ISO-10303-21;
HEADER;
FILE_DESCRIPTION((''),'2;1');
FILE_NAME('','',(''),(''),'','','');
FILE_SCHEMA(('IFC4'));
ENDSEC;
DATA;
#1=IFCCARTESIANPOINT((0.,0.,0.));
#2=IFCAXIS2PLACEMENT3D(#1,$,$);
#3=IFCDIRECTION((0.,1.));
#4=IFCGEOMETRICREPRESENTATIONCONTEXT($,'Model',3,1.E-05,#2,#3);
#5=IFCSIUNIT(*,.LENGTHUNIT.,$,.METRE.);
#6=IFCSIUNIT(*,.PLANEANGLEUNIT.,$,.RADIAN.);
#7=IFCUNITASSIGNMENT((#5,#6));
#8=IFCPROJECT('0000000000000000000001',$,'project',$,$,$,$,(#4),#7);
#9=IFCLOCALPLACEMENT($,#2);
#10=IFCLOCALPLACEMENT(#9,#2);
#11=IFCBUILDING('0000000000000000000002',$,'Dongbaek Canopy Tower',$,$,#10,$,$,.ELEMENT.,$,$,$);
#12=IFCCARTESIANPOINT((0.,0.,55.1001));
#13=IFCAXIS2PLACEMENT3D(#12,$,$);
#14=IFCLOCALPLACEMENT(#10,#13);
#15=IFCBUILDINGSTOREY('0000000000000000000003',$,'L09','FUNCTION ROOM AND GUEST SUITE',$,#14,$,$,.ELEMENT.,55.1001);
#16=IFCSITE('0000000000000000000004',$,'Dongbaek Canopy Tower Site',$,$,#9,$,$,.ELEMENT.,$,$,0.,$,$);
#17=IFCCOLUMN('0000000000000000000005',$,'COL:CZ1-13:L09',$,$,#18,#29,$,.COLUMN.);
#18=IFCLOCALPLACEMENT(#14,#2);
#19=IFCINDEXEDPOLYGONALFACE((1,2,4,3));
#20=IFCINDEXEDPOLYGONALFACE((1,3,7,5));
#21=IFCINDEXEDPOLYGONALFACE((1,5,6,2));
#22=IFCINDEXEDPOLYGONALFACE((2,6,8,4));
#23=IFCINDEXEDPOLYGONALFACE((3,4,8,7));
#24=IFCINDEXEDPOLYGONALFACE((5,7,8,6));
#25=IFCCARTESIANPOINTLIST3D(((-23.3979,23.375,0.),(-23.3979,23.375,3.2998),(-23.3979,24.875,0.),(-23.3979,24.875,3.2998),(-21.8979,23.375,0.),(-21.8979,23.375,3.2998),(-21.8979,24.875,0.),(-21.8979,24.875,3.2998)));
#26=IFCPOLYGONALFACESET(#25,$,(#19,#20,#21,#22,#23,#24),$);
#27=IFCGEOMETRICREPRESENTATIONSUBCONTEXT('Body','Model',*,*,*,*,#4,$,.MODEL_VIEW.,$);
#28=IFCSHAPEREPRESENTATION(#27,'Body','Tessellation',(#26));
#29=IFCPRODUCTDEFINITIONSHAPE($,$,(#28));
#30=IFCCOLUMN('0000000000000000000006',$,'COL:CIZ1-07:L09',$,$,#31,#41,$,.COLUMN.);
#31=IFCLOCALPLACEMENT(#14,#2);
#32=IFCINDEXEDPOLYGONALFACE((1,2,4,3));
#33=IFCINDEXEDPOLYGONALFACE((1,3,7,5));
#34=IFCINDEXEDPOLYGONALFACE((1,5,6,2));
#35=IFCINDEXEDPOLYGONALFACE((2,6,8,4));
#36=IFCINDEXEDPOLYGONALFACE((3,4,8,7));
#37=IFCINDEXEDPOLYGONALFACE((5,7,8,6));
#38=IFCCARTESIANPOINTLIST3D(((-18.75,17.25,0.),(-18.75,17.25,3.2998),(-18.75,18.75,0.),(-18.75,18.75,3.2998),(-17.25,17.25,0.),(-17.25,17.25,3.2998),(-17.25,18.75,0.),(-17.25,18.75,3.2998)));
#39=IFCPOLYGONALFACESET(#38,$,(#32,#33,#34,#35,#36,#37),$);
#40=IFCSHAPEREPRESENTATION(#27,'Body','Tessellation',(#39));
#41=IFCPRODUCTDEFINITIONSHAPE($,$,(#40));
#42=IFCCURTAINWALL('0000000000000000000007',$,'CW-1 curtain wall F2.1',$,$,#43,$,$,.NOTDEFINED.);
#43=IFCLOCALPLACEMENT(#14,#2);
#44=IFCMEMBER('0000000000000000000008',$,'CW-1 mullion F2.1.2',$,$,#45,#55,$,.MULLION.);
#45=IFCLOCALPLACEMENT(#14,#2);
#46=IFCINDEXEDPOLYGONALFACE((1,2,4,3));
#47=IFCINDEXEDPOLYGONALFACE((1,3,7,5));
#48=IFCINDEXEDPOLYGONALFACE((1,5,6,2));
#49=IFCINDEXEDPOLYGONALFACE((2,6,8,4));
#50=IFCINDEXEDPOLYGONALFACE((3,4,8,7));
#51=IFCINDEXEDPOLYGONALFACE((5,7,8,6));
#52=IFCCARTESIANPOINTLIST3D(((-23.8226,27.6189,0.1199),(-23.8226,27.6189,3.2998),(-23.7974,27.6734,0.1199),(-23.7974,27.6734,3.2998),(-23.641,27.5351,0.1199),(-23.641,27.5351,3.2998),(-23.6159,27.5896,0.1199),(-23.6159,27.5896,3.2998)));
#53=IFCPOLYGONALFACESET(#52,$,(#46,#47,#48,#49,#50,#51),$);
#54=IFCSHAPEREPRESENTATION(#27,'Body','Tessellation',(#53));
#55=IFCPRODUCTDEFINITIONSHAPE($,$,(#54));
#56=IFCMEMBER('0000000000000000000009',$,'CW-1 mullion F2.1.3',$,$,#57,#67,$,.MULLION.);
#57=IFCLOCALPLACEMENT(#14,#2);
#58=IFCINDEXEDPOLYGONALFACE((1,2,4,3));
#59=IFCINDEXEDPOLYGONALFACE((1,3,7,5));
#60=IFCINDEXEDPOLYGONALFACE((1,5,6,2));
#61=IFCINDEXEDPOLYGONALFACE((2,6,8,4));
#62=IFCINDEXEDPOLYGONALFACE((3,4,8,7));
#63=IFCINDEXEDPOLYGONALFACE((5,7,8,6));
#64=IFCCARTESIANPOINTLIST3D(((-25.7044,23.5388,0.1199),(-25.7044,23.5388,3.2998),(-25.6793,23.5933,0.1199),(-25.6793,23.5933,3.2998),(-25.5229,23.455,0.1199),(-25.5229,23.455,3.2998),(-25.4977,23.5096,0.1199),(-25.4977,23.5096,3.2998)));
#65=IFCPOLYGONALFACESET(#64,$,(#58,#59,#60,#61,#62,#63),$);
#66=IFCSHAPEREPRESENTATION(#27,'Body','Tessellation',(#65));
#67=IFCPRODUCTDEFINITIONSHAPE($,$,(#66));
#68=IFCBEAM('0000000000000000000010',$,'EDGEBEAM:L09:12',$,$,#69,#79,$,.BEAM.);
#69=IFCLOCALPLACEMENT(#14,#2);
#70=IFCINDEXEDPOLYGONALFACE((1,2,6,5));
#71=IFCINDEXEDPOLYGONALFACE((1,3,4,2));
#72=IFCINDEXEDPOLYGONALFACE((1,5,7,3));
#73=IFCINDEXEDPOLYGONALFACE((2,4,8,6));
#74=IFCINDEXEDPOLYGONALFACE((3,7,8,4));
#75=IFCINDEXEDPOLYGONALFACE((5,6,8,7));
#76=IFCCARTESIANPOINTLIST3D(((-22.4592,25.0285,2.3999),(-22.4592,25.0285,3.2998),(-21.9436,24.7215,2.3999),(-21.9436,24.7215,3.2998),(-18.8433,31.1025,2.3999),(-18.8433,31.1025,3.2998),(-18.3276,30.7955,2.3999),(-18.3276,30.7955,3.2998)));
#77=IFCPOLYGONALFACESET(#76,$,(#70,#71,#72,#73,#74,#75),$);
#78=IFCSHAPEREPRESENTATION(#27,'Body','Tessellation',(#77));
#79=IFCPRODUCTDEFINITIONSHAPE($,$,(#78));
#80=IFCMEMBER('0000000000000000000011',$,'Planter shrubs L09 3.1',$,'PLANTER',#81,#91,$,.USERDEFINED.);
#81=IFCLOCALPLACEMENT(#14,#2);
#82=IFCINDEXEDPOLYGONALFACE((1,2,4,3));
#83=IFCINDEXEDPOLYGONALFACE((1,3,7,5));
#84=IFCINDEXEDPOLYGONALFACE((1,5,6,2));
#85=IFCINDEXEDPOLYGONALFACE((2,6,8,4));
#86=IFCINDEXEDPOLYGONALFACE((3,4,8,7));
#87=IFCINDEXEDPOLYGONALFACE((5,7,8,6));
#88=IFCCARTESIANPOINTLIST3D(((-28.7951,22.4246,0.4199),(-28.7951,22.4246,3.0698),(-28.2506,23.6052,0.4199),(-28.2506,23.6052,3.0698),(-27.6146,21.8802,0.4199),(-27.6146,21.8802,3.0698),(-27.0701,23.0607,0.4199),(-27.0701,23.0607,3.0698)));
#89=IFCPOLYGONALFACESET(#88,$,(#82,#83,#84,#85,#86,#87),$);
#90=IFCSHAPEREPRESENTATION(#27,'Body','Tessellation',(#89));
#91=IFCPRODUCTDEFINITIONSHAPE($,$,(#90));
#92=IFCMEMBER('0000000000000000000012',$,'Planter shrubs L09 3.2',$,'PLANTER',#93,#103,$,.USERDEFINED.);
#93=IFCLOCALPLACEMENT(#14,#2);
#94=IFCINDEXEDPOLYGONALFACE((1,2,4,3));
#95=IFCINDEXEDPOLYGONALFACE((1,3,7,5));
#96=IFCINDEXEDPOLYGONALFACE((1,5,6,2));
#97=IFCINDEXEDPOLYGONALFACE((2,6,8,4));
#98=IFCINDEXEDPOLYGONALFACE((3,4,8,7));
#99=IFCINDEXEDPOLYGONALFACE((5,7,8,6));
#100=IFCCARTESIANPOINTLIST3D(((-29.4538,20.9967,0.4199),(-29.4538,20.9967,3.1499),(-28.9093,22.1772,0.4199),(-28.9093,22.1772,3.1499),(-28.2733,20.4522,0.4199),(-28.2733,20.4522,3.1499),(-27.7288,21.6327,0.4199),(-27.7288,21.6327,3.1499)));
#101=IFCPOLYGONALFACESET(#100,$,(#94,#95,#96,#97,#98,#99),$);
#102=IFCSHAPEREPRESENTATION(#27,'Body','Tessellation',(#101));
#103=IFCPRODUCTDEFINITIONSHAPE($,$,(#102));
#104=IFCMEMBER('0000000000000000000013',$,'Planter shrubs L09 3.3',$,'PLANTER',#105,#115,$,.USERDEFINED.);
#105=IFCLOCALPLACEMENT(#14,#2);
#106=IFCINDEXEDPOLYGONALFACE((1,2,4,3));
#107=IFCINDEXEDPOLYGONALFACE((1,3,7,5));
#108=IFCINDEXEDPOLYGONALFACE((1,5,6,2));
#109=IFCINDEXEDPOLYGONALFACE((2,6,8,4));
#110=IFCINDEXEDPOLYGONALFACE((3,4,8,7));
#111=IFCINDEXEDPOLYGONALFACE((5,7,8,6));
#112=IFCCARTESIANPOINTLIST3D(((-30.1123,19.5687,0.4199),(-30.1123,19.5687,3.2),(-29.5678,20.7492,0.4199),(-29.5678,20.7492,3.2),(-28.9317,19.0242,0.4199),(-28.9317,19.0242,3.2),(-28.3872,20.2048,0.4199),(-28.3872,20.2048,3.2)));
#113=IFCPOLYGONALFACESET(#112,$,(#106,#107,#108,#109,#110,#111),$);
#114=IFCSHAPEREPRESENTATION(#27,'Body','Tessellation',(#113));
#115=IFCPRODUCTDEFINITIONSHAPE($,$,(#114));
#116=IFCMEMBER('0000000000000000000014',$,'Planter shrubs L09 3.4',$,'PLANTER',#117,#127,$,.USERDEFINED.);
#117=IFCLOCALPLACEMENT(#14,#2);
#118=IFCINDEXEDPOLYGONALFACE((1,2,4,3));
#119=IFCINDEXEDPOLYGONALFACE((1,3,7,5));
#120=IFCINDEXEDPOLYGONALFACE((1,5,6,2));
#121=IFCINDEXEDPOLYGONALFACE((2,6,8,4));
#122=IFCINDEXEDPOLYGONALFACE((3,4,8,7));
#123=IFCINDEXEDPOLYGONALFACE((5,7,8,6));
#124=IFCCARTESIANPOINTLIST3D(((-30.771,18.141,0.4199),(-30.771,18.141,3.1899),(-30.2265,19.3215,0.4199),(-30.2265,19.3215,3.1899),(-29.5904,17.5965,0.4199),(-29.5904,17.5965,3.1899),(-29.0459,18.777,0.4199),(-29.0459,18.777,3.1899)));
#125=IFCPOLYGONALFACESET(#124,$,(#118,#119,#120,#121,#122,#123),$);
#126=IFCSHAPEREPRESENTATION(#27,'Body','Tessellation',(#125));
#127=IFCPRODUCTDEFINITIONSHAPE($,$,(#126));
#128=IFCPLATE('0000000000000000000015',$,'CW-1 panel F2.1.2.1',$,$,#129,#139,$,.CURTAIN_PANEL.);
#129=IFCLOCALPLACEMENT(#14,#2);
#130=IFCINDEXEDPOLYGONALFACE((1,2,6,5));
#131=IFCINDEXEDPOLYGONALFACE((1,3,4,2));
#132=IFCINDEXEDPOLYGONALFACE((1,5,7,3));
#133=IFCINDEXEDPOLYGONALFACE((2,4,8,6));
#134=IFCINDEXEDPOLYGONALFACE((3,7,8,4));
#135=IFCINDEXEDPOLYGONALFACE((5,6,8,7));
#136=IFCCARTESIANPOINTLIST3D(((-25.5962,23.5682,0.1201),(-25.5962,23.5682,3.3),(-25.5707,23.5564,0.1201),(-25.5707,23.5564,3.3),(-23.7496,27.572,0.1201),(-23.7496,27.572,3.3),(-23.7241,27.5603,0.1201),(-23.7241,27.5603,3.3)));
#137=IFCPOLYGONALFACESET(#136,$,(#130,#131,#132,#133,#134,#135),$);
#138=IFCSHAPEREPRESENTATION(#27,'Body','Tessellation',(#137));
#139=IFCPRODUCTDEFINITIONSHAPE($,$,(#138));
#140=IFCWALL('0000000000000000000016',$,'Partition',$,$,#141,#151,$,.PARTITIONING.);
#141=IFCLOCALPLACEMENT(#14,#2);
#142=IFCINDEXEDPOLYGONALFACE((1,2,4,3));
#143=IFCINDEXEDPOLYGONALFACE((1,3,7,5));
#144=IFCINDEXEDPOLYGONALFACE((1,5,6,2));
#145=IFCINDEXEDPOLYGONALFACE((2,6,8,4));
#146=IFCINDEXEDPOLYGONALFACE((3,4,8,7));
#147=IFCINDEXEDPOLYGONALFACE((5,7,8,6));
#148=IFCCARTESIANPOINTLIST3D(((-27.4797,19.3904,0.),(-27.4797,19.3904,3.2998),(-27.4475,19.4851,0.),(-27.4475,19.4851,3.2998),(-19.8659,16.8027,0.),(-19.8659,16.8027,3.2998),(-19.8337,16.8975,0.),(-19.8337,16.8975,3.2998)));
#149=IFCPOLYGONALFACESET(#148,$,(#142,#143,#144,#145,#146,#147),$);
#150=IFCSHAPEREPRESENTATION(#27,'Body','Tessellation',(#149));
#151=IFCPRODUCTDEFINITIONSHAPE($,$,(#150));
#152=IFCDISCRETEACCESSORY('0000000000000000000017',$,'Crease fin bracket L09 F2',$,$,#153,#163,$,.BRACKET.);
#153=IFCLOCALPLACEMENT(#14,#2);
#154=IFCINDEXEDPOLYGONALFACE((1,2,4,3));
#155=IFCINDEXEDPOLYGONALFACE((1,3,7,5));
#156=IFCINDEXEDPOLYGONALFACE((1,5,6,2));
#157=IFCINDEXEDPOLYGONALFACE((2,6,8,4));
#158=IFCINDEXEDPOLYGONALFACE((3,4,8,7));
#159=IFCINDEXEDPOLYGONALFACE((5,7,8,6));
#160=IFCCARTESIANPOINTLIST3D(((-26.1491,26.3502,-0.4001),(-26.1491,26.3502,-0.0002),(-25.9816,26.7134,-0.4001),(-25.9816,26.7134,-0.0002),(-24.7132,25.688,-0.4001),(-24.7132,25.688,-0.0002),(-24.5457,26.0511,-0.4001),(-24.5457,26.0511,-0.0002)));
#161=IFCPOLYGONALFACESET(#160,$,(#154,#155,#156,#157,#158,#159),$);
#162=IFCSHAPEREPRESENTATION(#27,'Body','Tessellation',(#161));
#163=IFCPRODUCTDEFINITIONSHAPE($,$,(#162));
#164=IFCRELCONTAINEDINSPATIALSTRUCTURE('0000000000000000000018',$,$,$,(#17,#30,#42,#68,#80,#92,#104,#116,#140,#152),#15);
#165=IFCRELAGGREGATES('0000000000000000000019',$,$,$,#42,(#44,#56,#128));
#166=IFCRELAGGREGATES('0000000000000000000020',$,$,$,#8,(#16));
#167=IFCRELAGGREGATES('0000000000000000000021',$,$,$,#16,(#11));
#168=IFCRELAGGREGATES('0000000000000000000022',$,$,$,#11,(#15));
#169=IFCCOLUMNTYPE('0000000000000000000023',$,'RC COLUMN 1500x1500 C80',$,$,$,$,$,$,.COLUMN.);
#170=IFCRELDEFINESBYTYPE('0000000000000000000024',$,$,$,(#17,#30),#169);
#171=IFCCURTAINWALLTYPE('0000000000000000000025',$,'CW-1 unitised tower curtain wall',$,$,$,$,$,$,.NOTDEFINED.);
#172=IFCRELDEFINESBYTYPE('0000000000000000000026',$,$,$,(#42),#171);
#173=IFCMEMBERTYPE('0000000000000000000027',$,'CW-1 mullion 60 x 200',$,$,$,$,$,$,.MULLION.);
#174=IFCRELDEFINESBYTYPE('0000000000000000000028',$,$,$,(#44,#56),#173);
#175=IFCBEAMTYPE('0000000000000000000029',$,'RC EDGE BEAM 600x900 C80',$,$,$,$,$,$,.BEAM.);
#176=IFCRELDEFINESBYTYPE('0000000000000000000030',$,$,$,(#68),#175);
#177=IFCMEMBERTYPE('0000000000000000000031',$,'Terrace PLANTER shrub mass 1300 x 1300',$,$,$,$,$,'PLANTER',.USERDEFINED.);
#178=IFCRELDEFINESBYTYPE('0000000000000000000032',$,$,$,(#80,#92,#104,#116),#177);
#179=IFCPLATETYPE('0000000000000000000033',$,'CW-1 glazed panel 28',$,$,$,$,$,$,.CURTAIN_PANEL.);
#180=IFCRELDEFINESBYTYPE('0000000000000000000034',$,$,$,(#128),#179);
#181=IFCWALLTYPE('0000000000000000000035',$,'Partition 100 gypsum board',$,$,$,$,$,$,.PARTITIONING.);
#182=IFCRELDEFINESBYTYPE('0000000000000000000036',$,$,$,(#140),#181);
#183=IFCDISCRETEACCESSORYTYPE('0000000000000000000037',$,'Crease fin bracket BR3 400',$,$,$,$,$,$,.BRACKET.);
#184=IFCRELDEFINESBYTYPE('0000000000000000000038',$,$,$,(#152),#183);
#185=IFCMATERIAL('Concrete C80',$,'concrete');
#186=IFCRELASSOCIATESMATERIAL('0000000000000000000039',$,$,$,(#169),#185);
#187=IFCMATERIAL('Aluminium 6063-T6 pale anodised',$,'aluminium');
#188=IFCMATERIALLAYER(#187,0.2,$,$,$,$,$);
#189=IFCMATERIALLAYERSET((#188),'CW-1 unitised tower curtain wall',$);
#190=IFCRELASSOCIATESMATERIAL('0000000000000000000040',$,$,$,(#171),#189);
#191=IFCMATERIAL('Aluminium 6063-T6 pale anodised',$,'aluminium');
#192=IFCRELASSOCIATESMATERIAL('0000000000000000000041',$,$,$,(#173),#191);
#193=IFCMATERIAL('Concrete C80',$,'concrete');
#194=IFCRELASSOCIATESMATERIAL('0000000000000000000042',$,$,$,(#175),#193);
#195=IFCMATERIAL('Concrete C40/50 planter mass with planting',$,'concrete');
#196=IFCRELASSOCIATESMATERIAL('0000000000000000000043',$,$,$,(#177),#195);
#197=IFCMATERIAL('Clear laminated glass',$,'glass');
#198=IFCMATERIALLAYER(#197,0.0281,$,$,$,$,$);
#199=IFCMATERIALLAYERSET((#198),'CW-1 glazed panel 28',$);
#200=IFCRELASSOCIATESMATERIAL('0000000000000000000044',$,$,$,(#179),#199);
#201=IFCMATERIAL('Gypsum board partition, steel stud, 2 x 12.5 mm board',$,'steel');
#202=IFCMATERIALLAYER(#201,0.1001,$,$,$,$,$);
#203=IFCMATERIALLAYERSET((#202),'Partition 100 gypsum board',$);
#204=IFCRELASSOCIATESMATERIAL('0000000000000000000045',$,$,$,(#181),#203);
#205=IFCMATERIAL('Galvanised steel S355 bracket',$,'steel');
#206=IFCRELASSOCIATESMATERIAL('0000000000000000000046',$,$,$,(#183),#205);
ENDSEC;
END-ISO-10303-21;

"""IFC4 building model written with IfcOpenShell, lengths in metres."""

from ifc_helpers import new_model, si_unit, direction, frame, frame_2d, origin, origin_2d, place, context, subcontext, project, spatial, rectangle, extrude, material, layer, layer_set, material_profile, profile_set, type_object, element, aggregate, save


model = new_model("IFC4")

# Units and contexts
model_context = context("Model", 3, precision=1e-05, world=origin(), true_north=direction((0.0, 1.0)))
body_context = subcontext(model_context, "Body", "Model", "MODEL_VIEW")
ifc_project = project(units=[si_unit("LENGTHUNIT", "METRE"), si_unit("PLANEANGLEUNIT", "RADIAN")], contexts=[model_context])

# Site, building, storey
site_placement = place(None, origin())
site = spatial("IfcSite", under=ifc_project, at=site_placement, Name="Dongbaek Canopy Tower Site", CompositionType="ELEMENT", RefElevation=0.0)
building_placement = place(site_placement, origin())
building = spatial("IfcBuilding", under=site, at=building_placement, Name="Dongbaek Canopy Tower", CompositionType="ELEMENT")
storey_placement = place(building_placement, frame((0.0, 0.0, 55.1001)))
storey = spatial("IfcBuildingStorey", under=building, at=storey_placement, Name="L09", Description="FUNCTION ROOM AND GUEST SUITE", CompositionType="ELEMENT", Elevation=55.1001)

# Columns
ifc_material_1 = material(Name="Concrete C80", Category="concrete")
ifc_material_profile_1 = material_profile(ifc_material_1, rectangle(XDim=1.5, YDim=1.5, at=origin_2d()), Name="RC COLUMN 1500x1500 C80")
ifc_profile_set_1 = profile_set([ifc_material_profile_1], Name="Concrete C80")
column_type = type_object("IfcColumnType", Name="RC COLUMN 1500x1500 C80", PredefinedType="COLUMN", material=ifc_profile_set_1)
for number, where, z_axis, x_axis, name in (
    (1, (-22.6479, 24.125, 0.0), (0.0, 0.0, 1.0), (1.0, 0.0, 0.0), "COL:CZ1-13:L09"),
    (2, (-18.0, 18.0, 0.0), (0.0, 0.0, 1.0), (1.0, 0.0, 0.0), "COL:CIZ1-07:L09"),
):
    element("IfcColumn", number, at=place(storey_placement, frame(where, z_axis=z_axis, x_axis=x_axis)), inside=storey, type_object=column_type, Name=name, PredefinedType="COLUMN", context=body_context, shape_type="SweptSolid", body=[
        extrude(rectangle(XDim=1.5, YDim=1.5, at=origin_2d()), origin(), (0.0, 0.0, 1.0), 3.2998),
    ])

# Curtain wall, members
ifc_material_2 = material(Name="Aluminium 6063-T6 pale anodised", Category="aluminium")
ifc_layer_1 = layer(ifc_material_2, 0.2)
ifc_layer_set_1 = layer_set([ifc_layer_1], Name="CW-1 unitised tower curtain wall")
curtain_wall_type = type_object("IfcCurtainWallType", Name="CW-1 unitised tower curtain wall", PredefinedType="NOTDEFINED", material=ifc_layer_set_1)
curtain_wall_placement = place(storey_placement, origin())
curtain_wall = element("IfcCurtainWall", 3, at=curtain_wall_placement, inside=storey, type_object=curtain_wall_type, Name="CW-1 curtain wall F2.1", PredefinedType="NOTDEFINED")
ifc_material_3 = material(Name="Aluminium 6063-T6 pale anodised", Category="aluminium")
ifc_material_profile_2 = material_profile(ifc_material_3, rectangle(XDim=0.2, YDim=0.0601, at=origin_2d()), Name="CW-1 mullion 60 x 200")
ifc_profile_set_2 = profile_set([ifc_material_profile_2], Name="Aluminium 6063-T6 pale anodised")
member_type_1 = type_object("IfcMemberType", Name="CW-1 mullion 60 x 200", PredefinedType="MULLION", material=ifc_profile_set_2)
member_1_placement = place(storey_placement, frame((-23.7192, 27.6042, 0.1199), z_axis=(0.0, 0.0, 1.0), x_axis=(-0.908073, 0.418811, 0.0)))
member_1 = element("IfcMember", 4, at=member_1_placement, type_object=member_type_1, Name="CW-1 mullion F2.1.2", PredefinedType="MULLION", context=body_context, shape_type="SweptSolid", body=[
    extrude(rectangle(XDim=0.2, YDim=0.0601, at=origin_2d()), origin(), (0.0, 0.0, 1.0), 3.1799),
])
member_2_placement = place(storey_placement, frame((-25.6011, 23.5242, 0.1199), z_axis=(0.0, 0.0, 1.0), x_axis=(-0.908073, 0.418811, 0.0)))
member_2 = element("IfcMember", 5, at=member_2_placement, type_object=member_type_1, Name="CW-1 mullion F2.1.3", PredefinedType="MULLION", context=body_context, shape_type="SweptSolid", body=[
    extrude(rectangle(XDim=0.2, YDim=0.0601, at=origin_2d()), origin(), (0.0, 0.0, 1.0), 3.1799),
])

# Beam
ifc_material_4 = material(Name="Concrete C80", Category="concrete")
ifc_material_profile_3 = material_profile(ifc_material_4, rectangle(XDim=0.6001, YDim=0.8999, at=origin_2d()), Name="RC EDGE BEAM 600x900 C80")
ifc_profile_set_3 = profile_set([ifc_material_profile_3], Name="Concrete C80")
beam_type = type_object("IfcBeamType", Name="RC EDGE BEAM 600x900 C80", PredefinedType="BEAM", material=ifc_profile_set_3)
beam_placement = place(storey_placement, frame((-22.2014, 24.875, 2.8499), z_axis=(0.511537, 0.859261, 0.0), x_axis=(-0.859261, 0.511537, 0.0)))
element("IfcBeam", 6, at=beam_placement, inside=storey, type_object=beam_type, Name="EDGEBEAM:L09:12", PredefinedType="BEAM", context=body_context, shape_type="SweptSolid", body=[
    extrude(rectangle(XDim=0.6001, YDim=0.8999, at=origin_2d()), origin(), (0.0, 0.0, 1.0), 7.0688),
])

# Members
ifc_material_5 = material(Name="Concrete C40/50 planter mass with planting", Category="concrete")
ifc_material_profile_4 = material_profile(ifc_material_5, rectangle(XDim=1.3, YDim=1.3, at=origin_2d()), Name="Terrace PLANTER shrub mass 1300 x 1300")
ifc_profile_set_4 = profile_set([ifc_material_profile_4], Name="Concrete C40/50 planter mass with planting")
member_type_2 = type_object("IfcMemberType", Name="Terrace PLANTER shrub mass 1300 x 1300", ElementType="PLANTER", PredefinedType="USERDEFINED", material=ifc_profile_set_4)
member_3_placement = place(storey_placement, frame((-27.9326, 22.7427, 0.4199), z_axis=(0.0, 0.0, 1.0), x_axis=(-0.908073, 0.418811, 0.0)))
element("IfcMember", 7, at=member_3_placement, inside=storey, type_object=member_type_2, Name="Planter shrubs L09 3.1", ObjectType="PLANTER", PredefinedType="USERDEFINED", context=body_context, shape_type="SweptSolid", body=[
    extrude(rectangle(XDim=1.3, YDim=1.3, at=origin_2d()), origin(), (0.0, 0.0, 1.0), 2.6499),
])
member_4_placement = place(storey_placement, frame((-28.5913, 21.3147, 0.4199), z_axis=(0.0, 0.0, 1.0), x_axis=(-0.908073, 0.418811, 0.0)))
element("IfcMember", 8, at=member_4_placement, inside=storey, type_object=member_type_2, Name="Planter shrubs L09 3.2", ObjectType="PLANTER", PredefinedType="USERDEFINED", context=body_context, shape_type="SweptSolid", body=[
    extrude(rectangle(XDim=1.3, YDim=1.3, at=origin_2d()), origin(), (0.0, 0.0, 1.0), 2.73),
])
member_5_placement = place(storey_placement, frame((-29.2498, 19.8867, 0.4199), z_axis=(0.0, 0.0, 1.0), x_axis=(-0.908073, 0.418811, 0.0)))
element("IfcMember", 9, at=member_5_placement, inside=storey, type_object=member_type_2, Name="Planter shrubs L09 3.3", ObjectType="PLANTER", PredefinedType="USERDEFINED", context=body_context, shape_type="SweptSolid", body=[
    extrude(rectangle(XDim=1.3, YDim=1.3, at=origin_2d()), origin(), (0.0, 0.0, 1.0), 2.78),
])
member_6_placement = place(storey_placement, frame((-29.9084, 18.459, 0.4199), z_axis=(0.0, 0.0, 1.0), x_axis=(-0.908073, 0.418811, 0.0)))
element("IfcMember", 10, at=member_6_placement, inside=storey, type_object=member_type_2, Name="Planter shrubs L09 3.4", ObjectType="PLANTER", PredefinedType="USERDEFINED", context=body_context, shape_type="SweptSolid", body=[
    extrude(rectangle(XDim=1.3, YDim=1.3, at=origin_2d()), origin(), (0.0, 0.0, 1.0), 2.77),
])

# Plate
ifc_material_6 = material(Name="Clear laminated glass", Category="glass")
ifc_layer_2 = layer(ifc_material_6, 0.0281)
ifc_layer_set_2 = layer_set([ifc_layer_2], Name="CW-1 glazed panel 28")
plate_type = type_object("IfcPlateType", Name="CW-1 glazed panel 28", PredefinedType="CURTAIN_PANEL", material=ifc_layer_set_2)
plate_placement = place(storey_placement, frame((-24.6602, 25.5642, 0.1201), z_axis=(0.0, 0.0, 1.0), x_axis=(-0.418811, -0.908073, 0.0)))
plate = element("IfcPlate", 11, at=plate_placement, type_object=plate_type, Name="CW-1 panel F2.1.2.1", PredefinedType="CURTAIN_PANEL", context=body_context, shape_type="SweptSolid", body=[
    extrude(rectangle(XDim=4.4092, YDim=0.0281, at=origin_2d()), origin(), (0.0, 0.0, 1.0), 3.1799),
])
aggregate(curtain_wall, [member_1, member_2, plate])

# Wall
ifc_material_7 = material(Name="Gypsum board partition, steel stud, 2 x 12.5 mm board", Category="steel")
ifc_layer_3 = layer(ifc_material_7, 0.1001)
ifc_layer_set_3 = layer_set([ifc_layer_3], Name="Partition 100 gypsum board")
wall_type_1 = type_object("IfcWallType", Name="Partition 100 gypsum board", PredefinedType="PARTITIONING", material=ifc_layer_set_3)
wall_1_placement = place(storey_placement, frame((-27.4636, 19.4377, 0.0), z_axis=(0.0, 0.0, 1.0), x_axis=(0.946812, -0.321787, 0.0)))
element("IfcWall", 12, at=wall_1_placement, inside=storey, type_object=wall_type_1, Name="Partition", PredefinedType="PARTITIONING", context=body_context, shape_type="SweptSolid", body=[
    extrude(rectangle(XDim=8.0415, YDim=0.1001, at=frame_2d((4.0208, 0.0))), origin(), (0.0, 0.0, 1.0), 3.2998),
])

# Discrete accessory
ifc_material_8 = material(Name="Galvanised steel S355 bracket", Category="steel")
discrete_accessory_type = type_object("IfcDiscreteAccessoryType", Name="Crease fin bracket BR3 400", PredefinedType="BRACKET", material=ifc_material_8)
discrete_accessory_placement = place(storey_placement, frame((-25.3474, 26.2007, -0.4001), z_axis=(0.0, 0.0, 1.0), x_axis=(-0.908073, 0.418812, 0.0)))
element("IfcDiscreteAccessory", 13, at=discrete_accessory_placement, inside=storey, type_object=discrete_accessory_type, Name="Crease fin bracket L09 F2", PredefinedType="BRACKET", context=body_context, shape_type="SweptSolid", body=[
    extrude(rectangle(XDim=1.5813, YDim=0.3999, at=origin_2d()), origin(), (0.0, 0.0, 1.0), 0.3999),
])

save(model, "model.ifc")
